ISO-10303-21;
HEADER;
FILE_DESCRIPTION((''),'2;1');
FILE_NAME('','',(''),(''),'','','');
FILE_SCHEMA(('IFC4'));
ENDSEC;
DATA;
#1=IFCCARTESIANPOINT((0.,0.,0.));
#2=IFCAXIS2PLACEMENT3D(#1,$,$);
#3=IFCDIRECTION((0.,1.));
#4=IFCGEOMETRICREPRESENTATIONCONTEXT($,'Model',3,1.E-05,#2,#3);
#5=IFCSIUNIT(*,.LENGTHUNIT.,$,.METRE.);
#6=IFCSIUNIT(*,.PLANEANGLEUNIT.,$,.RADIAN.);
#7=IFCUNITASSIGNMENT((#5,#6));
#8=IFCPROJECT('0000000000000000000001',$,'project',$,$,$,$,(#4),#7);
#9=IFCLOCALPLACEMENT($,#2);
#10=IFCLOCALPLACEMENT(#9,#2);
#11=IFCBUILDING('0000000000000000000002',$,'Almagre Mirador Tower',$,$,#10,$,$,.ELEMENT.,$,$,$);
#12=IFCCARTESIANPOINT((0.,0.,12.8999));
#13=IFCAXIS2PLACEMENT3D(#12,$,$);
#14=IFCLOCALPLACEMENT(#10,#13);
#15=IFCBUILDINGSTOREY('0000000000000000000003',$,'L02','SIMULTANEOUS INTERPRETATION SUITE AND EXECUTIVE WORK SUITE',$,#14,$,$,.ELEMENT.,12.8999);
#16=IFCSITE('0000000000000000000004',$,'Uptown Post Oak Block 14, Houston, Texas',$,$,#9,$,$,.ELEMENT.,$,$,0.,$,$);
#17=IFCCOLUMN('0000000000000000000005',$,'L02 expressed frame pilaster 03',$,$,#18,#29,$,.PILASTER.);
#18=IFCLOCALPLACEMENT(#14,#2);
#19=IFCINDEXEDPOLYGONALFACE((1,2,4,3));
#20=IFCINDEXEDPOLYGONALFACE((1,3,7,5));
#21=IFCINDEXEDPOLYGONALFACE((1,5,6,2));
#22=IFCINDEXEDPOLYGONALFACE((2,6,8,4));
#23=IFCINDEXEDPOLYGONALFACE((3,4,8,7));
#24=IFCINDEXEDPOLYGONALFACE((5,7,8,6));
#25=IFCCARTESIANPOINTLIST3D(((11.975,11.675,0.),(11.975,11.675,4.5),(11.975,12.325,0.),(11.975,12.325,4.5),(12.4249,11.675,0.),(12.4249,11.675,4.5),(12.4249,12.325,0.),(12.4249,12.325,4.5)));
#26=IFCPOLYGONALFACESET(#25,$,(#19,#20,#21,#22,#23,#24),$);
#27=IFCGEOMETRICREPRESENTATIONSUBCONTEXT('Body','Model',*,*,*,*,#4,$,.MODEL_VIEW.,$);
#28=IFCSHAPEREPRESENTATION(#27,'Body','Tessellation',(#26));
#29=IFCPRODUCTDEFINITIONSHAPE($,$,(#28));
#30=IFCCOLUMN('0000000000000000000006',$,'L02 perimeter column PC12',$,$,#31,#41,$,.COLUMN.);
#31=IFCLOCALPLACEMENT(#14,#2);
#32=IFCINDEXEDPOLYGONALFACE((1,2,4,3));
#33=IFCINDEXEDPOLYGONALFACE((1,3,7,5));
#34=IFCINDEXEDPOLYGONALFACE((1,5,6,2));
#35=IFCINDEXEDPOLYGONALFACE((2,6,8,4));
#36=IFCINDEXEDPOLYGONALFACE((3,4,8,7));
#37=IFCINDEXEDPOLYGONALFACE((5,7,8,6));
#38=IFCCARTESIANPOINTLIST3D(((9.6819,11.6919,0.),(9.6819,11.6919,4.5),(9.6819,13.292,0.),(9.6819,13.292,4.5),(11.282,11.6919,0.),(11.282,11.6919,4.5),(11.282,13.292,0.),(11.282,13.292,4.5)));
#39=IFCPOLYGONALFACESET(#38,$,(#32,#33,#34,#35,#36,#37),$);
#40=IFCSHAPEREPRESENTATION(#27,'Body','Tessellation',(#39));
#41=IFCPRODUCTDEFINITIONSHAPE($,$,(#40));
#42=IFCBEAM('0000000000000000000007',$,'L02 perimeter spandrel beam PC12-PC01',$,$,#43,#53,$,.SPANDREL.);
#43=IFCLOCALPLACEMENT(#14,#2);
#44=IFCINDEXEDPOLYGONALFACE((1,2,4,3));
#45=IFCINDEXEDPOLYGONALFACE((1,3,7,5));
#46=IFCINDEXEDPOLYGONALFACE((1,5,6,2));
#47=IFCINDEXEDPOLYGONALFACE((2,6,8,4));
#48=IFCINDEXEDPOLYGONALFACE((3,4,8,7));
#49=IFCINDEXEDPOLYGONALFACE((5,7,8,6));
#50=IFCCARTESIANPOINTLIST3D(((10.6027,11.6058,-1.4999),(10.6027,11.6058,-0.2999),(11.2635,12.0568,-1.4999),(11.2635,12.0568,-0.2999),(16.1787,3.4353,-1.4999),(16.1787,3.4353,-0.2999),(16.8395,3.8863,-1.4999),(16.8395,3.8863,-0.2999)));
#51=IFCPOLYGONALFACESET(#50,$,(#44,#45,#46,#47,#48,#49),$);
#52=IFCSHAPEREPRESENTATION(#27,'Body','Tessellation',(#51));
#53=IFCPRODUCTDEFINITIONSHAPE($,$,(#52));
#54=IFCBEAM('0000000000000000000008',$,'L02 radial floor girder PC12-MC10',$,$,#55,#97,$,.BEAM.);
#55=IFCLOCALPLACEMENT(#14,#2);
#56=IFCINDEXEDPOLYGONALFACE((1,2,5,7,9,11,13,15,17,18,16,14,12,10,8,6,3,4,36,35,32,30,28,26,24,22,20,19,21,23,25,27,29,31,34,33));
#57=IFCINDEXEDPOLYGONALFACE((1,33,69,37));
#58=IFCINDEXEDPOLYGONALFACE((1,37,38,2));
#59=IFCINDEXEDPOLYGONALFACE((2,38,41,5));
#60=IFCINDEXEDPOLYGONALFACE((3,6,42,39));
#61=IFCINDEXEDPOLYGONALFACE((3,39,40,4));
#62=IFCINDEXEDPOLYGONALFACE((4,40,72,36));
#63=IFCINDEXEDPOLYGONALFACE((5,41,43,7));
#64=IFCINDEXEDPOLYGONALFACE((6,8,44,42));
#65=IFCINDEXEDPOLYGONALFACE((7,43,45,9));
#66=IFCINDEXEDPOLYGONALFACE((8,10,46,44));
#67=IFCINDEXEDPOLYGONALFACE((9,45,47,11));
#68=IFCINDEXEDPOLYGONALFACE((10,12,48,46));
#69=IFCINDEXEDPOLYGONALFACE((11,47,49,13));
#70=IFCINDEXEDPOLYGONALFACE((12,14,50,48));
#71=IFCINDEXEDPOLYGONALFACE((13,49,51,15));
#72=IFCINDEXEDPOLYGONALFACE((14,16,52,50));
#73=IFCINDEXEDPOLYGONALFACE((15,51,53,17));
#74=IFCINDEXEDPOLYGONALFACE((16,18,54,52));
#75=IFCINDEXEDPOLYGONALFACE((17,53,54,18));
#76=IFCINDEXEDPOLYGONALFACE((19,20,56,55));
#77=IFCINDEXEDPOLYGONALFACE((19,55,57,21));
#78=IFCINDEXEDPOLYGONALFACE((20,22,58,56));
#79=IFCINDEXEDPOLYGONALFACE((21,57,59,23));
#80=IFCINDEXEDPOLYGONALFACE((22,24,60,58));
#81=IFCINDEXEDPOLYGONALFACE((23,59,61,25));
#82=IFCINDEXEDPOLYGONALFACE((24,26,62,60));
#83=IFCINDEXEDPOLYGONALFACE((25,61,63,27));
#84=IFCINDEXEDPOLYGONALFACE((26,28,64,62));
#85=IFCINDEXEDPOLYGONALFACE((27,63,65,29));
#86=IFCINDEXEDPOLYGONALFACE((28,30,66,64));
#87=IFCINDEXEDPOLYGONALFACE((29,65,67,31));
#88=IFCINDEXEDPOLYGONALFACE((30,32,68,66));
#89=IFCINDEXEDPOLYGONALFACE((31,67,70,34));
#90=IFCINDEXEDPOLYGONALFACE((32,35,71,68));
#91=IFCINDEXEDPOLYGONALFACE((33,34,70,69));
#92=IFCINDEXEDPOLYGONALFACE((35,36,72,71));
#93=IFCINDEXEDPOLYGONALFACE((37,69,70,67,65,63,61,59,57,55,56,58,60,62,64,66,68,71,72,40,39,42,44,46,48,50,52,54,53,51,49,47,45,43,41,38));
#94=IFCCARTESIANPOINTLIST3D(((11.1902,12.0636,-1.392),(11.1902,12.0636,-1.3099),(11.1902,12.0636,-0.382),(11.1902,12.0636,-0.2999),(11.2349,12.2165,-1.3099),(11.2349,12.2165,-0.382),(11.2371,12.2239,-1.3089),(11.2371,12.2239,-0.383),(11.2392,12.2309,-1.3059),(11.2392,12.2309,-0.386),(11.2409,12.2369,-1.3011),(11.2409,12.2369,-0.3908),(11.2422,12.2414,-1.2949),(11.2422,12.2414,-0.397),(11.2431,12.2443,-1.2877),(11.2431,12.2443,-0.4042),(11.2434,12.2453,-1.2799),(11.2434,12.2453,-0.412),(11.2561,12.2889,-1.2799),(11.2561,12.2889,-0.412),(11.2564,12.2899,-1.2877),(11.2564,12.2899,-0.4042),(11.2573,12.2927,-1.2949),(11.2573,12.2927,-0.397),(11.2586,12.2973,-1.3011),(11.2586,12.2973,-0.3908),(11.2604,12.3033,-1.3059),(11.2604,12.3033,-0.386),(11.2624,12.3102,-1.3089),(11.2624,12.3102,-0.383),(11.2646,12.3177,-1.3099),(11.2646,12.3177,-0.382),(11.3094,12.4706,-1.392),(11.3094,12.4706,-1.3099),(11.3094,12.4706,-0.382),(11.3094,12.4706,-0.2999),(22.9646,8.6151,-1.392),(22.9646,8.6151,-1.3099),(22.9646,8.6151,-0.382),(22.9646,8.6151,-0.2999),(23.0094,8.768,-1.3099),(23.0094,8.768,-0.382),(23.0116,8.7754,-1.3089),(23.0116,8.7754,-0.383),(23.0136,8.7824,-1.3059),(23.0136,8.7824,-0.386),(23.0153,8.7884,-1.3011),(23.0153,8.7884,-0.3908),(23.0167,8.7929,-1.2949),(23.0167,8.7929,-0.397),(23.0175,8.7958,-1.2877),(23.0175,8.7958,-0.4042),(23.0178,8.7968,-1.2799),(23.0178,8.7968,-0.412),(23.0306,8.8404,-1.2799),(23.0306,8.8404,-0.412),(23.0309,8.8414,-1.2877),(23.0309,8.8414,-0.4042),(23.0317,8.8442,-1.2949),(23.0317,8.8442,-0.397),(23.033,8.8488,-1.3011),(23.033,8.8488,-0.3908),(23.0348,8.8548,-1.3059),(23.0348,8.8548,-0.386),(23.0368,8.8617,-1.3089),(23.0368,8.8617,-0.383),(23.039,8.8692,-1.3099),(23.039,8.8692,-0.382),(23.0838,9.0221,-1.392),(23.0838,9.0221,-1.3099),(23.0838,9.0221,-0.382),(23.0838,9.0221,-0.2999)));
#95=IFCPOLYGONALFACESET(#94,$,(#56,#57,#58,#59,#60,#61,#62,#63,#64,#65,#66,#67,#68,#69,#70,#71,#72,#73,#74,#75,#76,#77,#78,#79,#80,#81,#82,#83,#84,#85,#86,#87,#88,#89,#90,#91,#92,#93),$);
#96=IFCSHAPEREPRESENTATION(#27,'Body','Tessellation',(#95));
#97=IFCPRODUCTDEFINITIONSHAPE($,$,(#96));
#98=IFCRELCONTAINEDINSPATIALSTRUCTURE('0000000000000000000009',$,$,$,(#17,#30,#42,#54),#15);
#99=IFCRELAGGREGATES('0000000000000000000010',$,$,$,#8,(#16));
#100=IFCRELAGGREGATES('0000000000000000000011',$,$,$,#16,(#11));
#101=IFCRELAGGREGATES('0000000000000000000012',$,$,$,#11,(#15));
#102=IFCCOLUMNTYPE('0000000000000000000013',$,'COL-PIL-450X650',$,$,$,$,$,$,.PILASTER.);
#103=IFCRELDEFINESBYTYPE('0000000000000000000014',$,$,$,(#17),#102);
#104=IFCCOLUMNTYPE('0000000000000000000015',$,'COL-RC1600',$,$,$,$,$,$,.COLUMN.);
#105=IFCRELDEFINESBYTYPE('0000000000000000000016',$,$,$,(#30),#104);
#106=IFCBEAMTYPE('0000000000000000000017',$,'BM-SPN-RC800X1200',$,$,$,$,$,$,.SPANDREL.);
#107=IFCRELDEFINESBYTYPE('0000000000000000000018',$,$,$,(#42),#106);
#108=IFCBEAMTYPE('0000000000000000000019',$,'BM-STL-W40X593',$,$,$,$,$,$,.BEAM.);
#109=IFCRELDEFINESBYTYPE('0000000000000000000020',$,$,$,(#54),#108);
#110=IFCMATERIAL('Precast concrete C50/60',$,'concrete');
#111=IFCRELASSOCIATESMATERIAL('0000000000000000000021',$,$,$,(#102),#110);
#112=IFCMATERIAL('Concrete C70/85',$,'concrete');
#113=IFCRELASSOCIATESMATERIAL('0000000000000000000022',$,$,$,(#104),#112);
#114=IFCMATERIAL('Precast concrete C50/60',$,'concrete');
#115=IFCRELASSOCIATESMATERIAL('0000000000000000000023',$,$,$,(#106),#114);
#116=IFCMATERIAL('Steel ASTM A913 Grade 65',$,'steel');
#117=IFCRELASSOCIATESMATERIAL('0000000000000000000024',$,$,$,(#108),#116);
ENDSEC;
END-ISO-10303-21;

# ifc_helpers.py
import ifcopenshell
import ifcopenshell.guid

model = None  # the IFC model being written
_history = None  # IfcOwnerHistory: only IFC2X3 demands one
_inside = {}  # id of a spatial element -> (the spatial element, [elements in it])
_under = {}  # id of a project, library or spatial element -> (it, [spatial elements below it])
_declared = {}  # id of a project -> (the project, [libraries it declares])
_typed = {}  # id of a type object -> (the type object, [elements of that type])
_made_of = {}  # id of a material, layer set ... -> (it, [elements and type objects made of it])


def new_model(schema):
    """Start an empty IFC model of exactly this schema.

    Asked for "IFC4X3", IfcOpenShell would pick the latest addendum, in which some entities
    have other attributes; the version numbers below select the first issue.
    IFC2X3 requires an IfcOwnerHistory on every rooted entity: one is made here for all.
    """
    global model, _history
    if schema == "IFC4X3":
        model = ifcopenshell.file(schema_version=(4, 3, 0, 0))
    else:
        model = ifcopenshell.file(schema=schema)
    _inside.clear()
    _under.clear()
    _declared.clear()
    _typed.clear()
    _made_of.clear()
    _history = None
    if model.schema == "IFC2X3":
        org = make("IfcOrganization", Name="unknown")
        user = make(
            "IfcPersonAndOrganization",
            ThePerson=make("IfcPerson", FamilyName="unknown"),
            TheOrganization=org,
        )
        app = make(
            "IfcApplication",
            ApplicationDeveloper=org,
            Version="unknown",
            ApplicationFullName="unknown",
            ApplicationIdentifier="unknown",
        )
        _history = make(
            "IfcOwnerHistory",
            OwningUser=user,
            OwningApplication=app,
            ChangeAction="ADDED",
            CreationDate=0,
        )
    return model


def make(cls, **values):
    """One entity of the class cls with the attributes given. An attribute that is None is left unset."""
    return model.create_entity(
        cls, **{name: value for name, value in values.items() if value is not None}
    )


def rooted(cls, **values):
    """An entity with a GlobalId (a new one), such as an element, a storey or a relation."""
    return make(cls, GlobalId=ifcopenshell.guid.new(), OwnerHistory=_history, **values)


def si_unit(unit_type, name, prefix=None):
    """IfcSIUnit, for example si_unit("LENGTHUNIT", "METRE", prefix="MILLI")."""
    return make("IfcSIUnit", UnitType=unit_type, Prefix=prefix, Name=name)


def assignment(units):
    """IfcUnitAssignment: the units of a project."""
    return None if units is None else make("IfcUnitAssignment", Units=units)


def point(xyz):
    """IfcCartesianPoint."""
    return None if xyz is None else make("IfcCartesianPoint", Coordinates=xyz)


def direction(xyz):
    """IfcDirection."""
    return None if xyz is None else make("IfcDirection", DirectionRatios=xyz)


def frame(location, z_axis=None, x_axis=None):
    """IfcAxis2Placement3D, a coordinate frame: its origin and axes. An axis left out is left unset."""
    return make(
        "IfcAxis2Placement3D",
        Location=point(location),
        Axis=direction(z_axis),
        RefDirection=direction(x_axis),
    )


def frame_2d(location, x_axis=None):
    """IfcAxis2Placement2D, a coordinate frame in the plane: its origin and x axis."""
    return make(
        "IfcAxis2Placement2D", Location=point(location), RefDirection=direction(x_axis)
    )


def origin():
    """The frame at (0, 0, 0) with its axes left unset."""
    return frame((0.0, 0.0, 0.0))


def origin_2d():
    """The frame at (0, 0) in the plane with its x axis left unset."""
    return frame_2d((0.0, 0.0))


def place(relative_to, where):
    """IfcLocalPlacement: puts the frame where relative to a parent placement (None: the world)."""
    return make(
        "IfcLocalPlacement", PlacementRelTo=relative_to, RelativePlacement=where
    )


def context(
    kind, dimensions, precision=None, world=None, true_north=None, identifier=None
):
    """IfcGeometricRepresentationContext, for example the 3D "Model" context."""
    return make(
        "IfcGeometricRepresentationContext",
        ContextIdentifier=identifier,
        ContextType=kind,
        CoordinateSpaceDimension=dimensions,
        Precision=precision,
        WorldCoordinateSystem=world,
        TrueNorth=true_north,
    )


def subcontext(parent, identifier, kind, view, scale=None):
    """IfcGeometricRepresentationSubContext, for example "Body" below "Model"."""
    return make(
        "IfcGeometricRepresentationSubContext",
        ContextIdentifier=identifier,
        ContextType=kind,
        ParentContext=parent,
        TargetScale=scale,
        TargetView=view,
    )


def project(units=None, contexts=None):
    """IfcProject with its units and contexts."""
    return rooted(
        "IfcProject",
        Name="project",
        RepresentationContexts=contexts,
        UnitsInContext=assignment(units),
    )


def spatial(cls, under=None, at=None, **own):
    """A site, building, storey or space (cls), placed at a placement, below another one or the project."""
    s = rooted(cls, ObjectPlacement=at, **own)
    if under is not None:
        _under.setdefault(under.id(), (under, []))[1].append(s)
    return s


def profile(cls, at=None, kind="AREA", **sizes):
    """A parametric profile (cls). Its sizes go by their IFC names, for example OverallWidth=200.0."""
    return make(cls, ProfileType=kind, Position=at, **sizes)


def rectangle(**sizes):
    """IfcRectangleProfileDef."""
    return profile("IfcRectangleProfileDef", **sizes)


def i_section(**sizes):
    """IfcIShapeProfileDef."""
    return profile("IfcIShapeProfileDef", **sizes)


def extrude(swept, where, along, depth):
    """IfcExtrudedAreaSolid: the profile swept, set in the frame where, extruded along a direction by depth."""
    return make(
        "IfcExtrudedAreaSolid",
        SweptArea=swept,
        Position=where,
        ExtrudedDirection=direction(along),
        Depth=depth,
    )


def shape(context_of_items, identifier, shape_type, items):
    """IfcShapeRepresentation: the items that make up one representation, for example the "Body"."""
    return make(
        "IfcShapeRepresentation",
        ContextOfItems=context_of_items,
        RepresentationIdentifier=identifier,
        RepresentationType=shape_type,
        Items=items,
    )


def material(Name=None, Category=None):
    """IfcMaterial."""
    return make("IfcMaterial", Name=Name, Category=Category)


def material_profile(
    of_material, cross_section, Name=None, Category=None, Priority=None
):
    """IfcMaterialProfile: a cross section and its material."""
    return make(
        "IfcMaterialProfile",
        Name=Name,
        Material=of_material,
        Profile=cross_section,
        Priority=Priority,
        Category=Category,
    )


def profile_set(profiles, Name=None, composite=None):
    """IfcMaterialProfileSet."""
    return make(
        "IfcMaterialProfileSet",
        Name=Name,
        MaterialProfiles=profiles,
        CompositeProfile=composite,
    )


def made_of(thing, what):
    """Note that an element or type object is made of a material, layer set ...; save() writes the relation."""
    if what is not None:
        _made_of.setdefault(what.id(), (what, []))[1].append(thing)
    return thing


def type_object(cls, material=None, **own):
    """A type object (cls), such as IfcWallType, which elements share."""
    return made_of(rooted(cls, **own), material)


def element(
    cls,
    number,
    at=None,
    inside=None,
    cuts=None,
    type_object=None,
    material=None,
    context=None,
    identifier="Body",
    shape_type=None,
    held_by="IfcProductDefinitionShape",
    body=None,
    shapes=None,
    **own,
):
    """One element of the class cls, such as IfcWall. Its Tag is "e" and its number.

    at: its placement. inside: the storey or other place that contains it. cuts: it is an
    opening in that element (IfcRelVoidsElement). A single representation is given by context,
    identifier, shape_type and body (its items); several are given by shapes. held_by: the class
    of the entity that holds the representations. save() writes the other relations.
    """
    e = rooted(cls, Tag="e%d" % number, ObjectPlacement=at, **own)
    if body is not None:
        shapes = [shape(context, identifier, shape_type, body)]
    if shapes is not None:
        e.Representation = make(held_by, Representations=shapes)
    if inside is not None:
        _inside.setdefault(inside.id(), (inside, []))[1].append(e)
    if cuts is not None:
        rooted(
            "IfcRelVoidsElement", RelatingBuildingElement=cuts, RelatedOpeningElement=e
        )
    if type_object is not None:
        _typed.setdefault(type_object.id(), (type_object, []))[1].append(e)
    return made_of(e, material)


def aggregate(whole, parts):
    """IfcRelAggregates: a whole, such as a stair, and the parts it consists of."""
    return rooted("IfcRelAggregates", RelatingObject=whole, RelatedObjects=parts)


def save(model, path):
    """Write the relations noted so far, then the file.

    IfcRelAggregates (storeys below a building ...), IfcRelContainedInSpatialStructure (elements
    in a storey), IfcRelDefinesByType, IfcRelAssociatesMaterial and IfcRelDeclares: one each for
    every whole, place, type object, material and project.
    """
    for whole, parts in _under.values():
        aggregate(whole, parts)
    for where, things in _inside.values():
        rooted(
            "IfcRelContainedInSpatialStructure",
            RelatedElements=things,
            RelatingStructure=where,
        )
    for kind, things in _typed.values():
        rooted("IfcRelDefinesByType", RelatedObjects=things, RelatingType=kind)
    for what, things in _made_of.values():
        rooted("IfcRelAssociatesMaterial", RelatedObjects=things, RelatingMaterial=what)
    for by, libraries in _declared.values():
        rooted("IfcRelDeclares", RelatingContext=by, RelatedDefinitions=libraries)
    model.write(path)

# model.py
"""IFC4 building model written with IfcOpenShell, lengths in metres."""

from ifc_helpers import new_model, si_unit, direction, frame, origin, origin_2d, place, context, subcontext, project, spatial, rectangle, i_section, extrude, material, material_profile, profile_set, type_object, element, save


model = new_model("IFC4")

# Units and contexts
model_context = context("Model", 3, precision=1e-05, world=origin(), true_north=direction((0.0, 1.0)))
body_context = subcontext(model_context, "Body", "Model", "MODEL_VIEW")
ifc_project = project(units=[si_unit("LENGTHUNIT", "METRE"), si_unit("PLANEANGLEUNIT", "RADIAN")], contexts=[model_context])

# Site, building, storey
site_placement = place(None, origin())
site = spatial("IfcSite", under=ifc_project, at=site_placement, Name="Uptown Post Oak Block 14, Houston, Texas", CompositionType="ELEMENT", RefElevation=0.0)
building_placement = place(site_placement, origin())
building = spatial("IfcBuilding", under=site, at=building_placement, Name="Almagre Mirador Tower", CompositionType="ELEMENT")
storey_placement = place(building_placement, frame((0.0, 0.0, 12.8999)))
storey = spatial("IfcBuildingStorey", under=building, at=storey_placement, Name="L02", Description="SIMULTANEOUS INTERPRETATION SUITE AND EXECUTIVE WORK SUITE", CompositionType="ELEMENT", Elevation=12.8999)

# Columns
ifc_material_1 = material(Name="Precast concrete C50/60", Category="concrete")
ifc_material_profile_1 = material_profile(ifc_material_1, rectangle(XDim=0.45, YDim=0.6499, at=origin_2d()), Name="RC450X650")
ifc_profile_set_1 = profile_set([ifc_material_profile_1], Name="Precast concrete C50/60")
column_type_1 = type_object("IfcColumnType", Name="COL-PIL-450X650", PredefinedType="PILASTER", material=ifc_profile_set_1)
column_1_placement = place(storey_placement, frame((12.2, 12.0, 0.0), z_axis=(0.0, 0.0, 1.0), x_axis=(1.0, 0.0, 0.0)))
element("IfcColumn", 1, at=column_1_placement, inside=storey, type_object=column_type_1, Name="L02 expressed frame pilaster 03", PredefinedType="PILASTER", context=body_context, shape_type="SweptSolid", body=[
    extrude(rectangle(XDim=0.45, YDim=0.6499, at=origin_2d()), origin(), (0.0, 0.0, 1.0), 4.5),
])
ifc_material_2 = material(Name="Concrete C70/85", Category="concrete")
ifc_material_profile_2 = material_profile(ifc_material_2, rectangle(XDim=1.6001, YDim=1.6001, at=origin_2d()), Name="RC1600X1600")
ifc_profile_set_2 = profile_set([ifc_material_profile_2], Name="Concrete C70/85")
column_type_2 = type_object("IfcColumnType", Name="COL-RC1600", PredefinedType="COLUMN", material=ifc_profile_set_2)
column_2_placement = place(storey_placement, frame((10.4819, 12.4919, 0.0), z_axis=(0.0, 0.0, 1.0), x_axis=(1.0, 0.0, 0.0)))
element("IfcColumn", 2, at=column_2_placement, inside=storey, type_object=column_type_2, Name="L02 perimeter column PC12", PredefinedType="COLUMN", context=body_context, shape_type="SweptSolid", body=[
    extrude(rectangle(XDim=1.6001, YDim=1.6001, at=origin_2d()), origin(), (0.0, 0.0, 1.0), 4.5),
])

# Beams
ifc_material_3 = material(Name="Precast concrete C50/60", Category="concrete")
ifc_material_profile_3 = material_profile(ifc_material_3, rectangle(XDim=0.8, YDim=1.2, at=origin_2d()), Name="RC800X1200")
ifc_profile_set_3 = profile_set([ifc_material_profile_3], Name="Precast concrete C50/60")
beam_type_1 = type_object("IfcBeamType", Name="BM-SPN-RC800X1200", PredefinedType="SPANDREL", material=ifc_profile_set_3)
beam_1_placement = place(storey_placement, frame((10.9331, 11.8313, -0.8999), z_axis=(0.563695, -0.825983, 0.0), x_axis=(0.825983, 0.563695, 0.0)))
element("IfcBeam", 3, at=beam_1_placement, inside=storey, type_object=beam_type_1, Name="L02 perimeter spandrel beam PC12-PC01", PredefinedType="SPANDREL", context=body_context, shape_type="SweptSolid", body=[
    extrude(rectangle(XDim=0.8, YDim=1.2, at=origin_2d()), origin(), (0.0, 0.0, 1.0), 9.8918),
])
ifc_material_4 = material(Name="Steel ASTM A913 Grade 65", Category="steel")
ifc_material_profile_4 = material_profile(ifc_material_4, i_section(OverallWidth=0.4241, OverallDepth=1.092, WebThickness=0.0454, FlangeThickness=0.082, FilletRadius=0.03, at=origin_2d()), Name="W40X593")
ifc_profile_set_4 = profile_set([ifc_material_profile_4], Name="Steel ASTM A913 Grade 65")
beam_type_2 = type_object("IfcBeamType", Name="BM-STL-W40X593", PredefinedType="BEAM", material=ifc_profile_set_4)
beam_2_placement = place(storey_placement, frame((11.2498, 12.2671, -0.8459), z_axis=(0.959686, -0.281073, 0.0), x_axis=(0.281073, 0.959686, 0.0)))
element("IfcBeam", 4, at=beam_2_placement, inside=storey, type_object=beam_type_2, Name="L02 radial floor girder PC12-MC10", PredefinedType="BEAM", context=body_context, shape_type="SweptSolid", body=[
    extrude(i_section(OverallWidth=0.4241, OverallDepth=1.092, WebThickness=0.0454, FlangeThickness=0.082, FilletRadius=0.03, at=origin_2d()), origin(), (0.0, 0.0, 1.0), 12.269),
])

save(model, "model.ifc")
